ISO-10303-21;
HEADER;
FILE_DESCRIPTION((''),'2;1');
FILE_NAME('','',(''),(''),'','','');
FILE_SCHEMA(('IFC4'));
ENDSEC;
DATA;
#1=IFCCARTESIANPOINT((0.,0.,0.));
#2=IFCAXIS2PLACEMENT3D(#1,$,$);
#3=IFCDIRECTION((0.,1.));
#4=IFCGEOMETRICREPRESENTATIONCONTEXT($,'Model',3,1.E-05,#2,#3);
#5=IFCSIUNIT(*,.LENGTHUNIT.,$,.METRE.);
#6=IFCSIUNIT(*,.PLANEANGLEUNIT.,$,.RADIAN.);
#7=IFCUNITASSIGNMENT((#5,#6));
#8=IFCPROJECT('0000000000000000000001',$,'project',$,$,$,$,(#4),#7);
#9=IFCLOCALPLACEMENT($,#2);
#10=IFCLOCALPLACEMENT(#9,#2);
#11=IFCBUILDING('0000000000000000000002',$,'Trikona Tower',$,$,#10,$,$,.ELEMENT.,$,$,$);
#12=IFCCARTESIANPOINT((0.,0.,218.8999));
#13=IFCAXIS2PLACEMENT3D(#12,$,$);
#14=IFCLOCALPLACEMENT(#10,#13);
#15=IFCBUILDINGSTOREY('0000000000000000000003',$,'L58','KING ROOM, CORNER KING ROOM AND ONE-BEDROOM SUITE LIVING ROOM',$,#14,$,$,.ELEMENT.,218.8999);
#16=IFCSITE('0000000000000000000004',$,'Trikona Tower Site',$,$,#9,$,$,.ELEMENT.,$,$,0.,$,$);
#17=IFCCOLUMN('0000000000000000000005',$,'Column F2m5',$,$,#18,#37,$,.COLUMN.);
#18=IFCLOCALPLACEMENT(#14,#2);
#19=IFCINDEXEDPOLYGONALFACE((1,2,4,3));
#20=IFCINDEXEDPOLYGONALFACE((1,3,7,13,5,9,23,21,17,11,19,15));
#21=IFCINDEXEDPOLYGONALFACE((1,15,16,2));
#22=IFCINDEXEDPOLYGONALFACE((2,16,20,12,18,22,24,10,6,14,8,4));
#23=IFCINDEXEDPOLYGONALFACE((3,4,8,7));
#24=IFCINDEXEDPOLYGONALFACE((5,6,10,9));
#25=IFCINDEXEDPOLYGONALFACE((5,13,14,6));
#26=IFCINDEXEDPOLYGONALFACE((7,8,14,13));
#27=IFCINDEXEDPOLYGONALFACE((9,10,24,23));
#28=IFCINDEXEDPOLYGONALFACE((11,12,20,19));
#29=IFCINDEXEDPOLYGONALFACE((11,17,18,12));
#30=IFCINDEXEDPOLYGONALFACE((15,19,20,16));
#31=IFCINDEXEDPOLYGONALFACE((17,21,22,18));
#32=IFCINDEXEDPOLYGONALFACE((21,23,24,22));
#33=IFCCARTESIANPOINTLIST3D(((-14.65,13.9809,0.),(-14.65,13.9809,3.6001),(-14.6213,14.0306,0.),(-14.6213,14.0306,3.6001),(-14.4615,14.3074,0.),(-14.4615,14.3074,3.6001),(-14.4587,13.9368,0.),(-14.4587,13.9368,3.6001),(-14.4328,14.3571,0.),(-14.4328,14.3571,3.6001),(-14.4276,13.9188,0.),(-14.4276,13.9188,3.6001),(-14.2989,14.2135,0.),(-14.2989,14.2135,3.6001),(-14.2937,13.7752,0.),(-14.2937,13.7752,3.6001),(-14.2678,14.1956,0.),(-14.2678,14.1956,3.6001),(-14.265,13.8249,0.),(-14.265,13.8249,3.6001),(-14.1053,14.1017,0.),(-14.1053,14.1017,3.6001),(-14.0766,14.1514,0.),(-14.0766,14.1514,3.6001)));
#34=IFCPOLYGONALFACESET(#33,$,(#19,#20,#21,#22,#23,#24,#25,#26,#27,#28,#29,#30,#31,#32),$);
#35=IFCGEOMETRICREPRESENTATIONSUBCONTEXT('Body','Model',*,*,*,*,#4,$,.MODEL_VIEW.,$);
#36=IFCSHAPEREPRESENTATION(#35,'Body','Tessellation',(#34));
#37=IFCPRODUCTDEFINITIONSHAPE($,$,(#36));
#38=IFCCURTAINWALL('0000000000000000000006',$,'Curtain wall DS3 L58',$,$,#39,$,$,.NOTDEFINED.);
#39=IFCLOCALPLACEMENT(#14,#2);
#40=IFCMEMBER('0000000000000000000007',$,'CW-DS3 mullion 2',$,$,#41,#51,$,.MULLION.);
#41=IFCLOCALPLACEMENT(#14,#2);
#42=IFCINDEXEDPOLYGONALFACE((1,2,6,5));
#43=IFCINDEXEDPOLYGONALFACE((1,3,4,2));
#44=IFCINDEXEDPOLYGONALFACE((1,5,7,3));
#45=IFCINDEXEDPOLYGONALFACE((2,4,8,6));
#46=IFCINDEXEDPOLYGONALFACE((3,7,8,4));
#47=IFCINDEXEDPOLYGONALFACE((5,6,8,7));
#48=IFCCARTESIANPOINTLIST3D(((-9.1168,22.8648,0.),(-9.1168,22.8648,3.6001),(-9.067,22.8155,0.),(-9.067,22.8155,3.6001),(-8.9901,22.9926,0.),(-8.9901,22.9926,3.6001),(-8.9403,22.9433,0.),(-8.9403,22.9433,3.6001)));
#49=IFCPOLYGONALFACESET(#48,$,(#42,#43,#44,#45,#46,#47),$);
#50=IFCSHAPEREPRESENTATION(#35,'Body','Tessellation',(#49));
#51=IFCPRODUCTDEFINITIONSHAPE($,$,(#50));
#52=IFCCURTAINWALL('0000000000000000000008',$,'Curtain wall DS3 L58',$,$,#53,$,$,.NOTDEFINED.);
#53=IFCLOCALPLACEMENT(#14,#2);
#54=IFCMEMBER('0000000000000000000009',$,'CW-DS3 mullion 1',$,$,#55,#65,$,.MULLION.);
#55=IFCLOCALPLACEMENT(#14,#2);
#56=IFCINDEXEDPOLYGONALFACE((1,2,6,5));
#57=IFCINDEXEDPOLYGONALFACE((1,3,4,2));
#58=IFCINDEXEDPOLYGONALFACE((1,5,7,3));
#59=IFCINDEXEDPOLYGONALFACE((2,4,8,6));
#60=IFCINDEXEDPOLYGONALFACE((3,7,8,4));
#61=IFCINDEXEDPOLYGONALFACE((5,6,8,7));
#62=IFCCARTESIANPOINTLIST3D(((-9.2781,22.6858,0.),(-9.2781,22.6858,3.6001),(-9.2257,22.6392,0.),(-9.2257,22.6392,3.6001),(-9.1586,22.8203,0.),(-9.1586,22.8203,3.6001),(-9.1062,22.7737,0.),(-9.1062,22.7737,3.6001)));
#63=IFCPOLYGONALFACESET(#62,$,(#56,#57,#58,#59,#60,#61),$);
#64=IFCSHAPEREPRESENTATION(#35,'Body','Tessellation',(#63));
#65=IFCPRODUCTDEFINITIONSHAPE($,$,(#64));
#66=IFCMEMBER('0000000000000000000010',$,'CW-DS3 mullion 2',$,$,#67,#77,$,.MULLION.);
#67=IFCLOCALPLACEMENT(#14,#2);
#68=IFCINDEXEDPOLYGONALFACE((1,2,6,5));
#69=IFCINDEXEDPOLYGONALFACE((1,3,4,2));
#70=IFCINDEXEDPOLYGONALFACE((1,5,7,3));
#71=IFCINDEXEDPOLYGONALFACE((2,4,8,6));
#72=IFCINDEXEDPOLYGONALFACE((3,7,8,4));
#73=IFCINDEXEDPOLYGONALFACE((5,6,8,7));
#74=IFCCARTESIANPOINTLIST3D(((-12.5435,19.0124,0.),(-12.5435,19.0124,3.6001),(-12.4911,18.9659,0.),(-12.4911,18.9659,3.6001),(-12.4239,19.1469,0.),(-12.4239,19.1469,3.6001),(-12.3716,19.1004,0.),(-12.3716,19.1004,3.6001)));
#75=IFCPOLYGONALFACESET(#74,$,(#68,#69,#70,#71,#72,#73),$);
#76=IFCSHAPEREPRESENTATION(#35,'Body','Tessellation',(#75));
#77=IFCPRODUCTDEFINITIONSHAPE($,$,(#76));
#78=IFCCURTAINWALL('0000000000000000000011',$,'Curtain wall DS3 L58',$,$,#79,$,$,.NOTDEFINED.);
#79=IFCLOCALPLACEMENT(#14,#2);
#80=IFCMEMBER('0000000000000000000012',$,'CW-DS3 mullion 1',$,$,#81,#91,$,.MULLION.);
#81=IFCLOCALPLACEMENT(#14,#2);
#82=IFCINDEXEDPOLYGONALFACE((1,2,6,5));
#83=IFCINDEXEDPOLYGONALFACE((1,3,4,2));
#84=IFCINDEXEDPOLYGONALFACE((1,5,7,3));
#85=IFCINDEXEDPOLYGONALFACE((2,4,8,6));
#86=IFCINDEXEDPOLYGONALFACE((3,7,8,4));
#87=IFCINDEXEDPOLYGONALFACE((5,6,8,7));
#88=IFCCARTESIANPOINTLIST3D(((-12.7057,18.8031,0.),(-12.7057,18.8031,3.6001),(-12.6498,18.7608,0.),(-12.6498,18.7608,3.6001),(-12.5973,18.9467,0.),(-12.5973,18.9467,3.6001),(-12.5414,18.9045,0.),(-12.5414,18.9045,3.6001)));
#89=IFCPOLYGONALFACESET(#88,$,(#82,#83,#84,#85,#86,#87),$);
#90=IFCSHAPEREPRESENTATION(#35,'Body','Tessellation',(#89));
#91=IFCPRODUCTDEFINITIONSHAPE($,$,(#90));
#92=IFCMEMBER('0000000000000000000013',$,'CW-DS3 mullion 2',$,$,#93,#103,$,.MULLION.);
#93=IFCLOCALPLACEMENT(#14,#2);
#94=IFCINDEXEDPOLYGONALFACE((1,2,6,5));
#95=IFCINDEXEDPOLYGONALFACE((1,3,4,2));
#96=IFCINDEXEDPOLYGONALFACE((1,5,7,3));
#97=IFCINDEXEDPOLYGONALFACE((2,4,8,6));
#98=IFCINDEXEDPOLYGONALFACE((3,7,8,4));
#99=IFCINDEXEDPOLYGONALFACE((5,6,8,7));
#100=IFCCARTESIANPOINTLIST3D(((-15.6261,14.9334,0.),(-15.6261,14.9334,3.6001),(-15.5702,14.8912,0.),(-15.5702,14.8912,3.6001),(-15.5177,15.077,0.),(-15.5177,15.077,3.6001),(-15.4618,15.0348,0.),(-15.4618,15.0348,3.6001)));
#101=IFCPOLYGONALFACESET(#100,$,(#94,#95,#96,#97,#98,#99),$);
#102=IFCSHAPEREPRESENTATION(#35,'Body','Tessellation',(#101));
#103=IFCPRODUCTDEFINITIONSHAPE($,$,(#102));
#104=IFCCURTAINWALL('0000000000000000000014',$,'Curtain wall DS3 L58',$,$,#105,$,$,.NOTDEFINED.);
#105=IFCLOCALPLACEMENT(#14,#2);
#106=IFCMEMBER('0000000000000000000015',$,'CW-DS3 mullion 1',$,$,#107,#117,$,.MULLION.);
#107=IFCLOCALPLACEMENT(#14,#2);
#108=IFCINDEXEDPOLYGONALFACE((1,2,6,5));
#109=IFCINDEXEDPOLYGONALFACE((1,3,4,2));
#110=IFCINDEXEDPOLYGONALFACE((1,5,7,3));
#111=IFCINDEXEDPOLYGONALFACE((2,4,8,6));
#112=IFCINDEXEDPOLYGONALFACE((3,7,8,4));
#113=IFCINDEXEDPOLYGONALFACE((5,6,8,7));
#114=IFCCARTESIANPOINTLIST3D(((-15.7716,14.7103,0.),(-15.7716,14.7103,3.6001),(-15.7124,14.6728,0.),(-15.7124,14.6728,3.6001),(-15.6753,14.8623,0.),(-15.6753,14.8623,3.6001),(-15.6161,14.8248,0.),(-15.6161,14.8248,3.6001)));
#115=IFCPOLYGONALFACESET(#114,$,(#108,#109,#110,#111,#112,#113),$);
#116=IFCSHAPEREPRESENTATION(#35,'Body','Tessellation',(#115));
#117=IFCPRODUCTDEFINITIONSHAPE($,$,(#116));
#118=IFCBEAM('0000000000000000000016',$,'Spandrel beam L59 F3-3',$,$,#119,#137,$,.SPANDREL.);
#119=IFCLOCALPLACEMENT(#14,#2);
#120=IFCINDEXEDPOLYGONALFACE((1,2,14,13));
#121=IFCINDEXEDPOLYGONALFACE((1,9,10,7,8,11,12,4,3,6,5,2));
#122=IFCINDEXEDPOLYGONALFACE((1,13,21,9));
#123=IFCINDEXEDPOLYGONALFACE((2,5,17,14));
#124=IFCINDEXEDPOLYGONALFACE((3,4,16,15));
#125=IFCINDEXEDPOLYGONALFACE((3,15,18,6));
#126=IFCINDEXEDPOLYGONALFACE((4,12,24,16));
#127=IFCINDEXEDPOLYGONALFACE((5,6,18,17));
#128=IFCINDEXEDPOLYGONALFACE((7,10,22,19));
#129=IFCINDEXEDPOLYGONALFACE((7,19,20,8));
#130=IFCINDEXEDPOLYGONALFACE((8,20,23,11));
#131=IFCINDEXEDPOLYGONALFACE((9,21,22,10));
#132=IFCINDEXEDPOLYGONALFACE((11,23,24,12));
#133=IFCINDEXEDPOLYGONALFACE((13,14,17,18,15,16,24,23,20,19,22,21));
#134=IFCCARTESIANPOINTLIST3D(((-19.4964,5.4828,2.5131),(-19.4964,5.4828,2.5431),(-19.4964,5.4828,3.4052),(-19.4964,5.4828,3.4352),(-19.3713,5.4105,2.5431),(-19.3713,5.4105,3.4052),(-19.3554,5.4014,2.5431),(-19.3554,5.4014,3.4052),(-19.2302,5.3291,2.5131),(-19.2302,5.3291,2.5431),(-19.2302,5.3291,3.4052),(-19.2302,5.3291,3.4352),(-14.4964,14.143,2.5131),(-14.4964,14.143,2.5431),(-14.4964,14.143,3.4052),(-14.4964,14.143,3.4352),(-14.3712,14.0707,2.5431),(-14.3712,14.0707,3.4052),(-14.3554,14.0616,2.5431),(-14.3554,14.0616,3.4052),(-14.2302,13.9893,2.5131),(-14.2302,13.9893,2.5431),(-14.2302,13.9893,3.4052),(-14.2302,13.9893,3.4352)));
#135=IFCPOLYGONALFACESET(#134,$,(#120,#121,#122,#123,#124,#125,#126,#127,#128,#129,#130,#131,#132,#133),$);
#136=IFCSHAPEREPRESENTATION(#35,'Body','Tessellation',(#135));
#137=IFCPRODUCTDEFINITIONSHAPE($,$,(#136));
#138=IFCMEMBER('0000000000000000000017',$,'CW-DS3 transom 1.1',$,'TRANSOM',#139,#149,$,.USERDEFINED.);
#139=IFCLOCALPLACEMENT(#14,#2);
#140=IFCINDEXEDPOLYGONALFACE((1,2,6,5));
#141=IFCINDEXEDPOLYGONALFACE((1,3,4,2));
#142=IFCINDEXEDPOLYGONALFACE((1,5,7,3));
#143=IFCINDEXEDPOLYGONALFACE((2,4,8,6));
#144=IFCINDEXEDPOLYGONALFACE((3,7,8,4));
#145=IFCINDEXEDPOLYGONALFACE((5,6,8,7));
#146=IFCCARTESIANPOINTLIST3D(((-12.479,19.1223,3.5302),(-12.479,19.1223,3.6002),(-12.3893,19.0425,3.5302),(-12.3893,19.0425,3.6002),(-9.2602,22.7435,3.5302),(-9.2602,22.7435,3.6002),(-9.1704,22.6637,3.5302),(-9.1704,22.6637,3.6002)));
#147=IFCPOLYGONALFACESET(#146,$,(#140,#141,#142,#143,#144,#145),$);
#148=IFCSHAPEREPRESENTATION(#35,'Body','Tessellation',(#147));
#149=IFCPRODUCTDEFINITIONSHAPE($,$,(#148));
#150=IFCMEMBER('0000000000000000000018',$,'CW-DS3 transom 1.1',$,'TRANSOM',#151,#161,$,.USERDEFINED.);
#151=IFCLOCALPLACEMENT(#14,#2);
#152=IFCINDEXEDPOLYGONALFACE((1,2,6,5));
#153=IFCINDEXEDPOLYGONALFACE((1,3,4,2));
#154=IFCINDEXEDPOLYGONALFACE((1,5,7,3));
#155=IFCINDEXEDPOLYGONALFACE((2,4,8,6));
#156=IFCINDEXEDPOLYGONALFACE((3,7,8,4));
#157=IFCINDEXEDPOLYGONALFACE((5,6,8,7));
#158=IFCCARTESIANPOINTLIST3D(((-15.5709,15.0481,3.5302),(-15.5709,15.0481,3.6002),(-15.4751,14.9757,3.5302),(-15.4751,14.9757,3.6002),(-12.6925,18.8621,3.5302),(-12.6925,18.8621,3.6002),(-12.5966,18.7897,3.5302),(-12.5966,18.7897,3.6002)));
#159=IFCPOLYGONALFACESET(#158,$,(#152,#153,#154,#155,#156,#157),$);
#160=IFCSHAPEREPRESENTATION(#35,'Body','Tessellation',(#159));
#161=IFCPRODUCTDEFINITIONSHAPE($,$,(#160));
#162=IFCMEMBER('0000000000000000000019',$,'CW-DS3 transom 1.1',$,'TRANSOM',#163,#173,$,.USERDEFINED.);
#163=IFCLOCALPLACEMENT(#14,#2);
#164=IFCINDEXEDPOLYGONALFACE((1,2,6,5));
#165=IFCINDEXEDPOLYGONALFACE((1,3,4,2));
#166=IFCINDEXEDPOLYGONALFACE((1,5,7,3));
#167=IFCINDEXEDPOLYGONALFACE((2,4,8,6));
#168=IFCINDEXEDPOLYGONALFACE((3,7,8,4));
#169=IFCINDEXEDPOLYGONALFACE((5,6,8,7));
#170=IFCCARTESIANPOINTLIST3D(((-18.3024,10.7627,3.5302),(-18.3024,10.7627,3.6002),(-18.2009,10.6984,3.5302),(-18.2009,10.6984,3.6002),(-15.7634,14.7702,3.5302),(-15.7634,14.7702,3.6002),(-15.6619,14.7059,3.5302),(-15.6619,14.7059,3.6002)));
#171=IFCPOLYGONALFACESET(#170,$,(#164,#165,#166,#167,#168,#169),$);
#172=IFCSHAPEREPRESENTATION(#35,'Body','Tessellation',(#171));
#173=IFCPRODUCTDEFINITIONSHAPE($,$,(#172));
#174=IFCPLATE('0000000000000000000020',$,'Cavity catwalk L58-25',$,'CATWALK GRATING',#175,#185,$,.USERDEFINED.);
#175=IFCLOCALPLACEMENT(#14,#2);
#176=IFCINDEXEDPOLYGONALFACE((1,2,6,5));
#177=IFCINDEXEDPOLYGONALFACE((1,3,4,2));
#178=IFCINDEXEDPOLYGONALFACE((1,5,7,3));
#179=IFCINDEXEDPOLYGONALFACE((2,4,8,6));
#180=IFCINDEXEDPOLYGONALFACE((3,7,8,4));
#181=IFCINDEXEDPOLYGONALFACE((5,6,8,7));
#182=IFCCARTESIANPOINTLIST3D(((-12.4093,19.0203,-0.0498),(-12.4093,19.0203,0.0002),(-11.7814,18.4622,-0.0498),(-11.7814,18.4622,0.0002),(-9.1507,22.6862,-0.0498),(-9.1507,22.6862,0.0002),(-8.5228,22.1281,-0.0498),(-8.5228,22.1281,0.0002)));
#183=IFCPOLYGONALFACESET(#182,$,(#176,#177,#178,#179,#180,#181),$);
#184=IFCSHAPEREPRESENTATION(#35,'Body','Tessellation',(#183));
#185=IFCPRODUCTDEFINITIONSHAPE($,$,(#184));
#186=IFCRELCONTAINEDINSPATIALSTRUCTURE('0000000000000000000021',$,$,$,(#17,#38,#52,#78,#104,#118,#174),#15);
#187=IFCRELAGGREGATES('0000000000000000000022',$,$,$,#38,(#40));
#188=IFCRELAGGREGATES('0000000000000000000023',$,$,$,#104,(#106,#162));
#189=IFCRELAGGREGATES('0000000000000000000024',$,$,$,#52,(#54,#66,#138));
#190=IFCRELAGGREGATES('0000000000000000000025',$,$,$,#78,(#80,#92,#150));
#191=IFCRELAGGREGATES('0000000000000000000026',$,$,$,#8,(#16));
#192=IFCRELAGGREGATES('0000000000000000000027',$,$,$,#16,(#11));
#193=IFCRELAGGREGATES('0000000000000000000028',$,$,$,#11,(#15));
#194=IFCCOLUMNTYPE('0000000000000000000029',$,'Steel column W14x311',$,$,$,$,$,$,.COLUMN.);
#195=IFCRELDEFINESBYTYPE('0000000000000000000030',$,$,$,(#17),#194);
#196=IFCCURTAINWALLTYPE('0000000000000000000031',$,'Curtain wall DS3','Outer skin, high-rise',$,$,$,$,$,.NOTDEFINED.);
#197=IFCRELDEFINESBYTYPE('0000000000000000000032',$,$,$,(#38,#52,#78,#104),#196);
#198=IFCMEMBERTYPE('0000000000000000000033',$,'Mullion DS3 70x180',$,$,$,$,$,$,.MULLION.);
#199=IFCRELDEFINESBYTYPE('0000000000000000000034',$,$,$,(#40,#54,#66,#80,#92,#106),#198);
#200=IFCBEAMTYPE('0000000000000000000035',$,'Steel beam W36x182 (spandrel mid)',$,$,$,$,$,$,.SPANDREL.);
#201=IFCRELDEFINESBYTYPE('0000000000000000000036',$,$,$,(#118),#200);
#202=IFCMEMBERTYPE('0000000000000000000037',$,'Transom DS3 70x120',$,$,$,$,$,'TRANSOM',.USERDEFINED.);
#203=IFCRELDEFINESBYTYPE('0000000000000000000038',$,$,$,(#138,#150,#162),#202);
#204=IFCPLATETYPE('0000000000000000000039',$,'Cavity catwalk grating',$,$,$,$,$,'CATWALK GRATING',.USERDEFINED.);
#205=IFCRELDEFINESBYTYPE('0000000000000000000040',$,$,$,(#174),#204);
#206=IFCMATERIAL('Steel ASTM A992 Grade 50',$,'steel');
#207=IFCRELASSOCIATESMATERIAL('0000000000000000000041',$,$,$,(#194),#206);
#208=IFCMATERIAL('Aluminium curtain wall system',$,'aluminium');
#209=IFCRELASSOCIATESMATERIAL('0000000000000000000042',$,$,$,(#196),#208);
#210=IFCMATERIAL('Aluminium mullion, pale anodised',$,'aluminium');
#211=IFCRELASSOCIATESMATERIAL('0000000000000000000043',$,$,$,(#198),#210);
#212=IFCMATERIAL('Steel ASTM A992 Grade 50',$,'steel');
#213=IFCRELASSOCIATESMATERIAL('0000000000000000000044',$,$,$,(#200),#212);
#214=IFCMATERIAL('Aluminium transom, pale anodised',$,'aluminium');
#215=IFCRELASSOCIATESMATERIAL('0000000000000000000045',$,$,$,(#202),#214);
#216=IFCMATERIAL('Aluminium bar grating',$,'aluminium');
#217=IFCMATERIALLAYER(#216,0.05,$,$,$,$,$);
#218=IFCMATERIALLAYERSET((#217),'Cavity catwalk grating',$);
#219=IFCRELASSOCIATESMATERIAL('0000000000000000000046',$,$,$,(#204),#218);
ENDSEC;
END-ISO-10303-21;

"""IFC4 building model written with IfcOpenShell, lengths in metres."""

from ifc_helpers import new_model, si_unit, direction, frame, origin, origin_2d, place, context, subcontext, project, spatial, rectangle, i_section, extrude, material, layer, layer_set, material_profile, profile_set, type_object, element, aggregate, save


model = new_model("IFC4")

# Units and contexts
model_context = context("Model", 3, precision=1e-05, world=origin(), true_north=direction((0.0, 1.0)))
body_context = subcontext(model_context, "Body", "Model", "MODEL_VIEW")
ifc_project = project(units=[si_unit("LENGTHUNIT", "METRE"), si_unit("PLANEANGLEUNIT", "RADIAN")], contexts=[model_context])

# Site, building, storey
site_placement = place(None, origin())
site = spatial("IfcSite", under=ifc_project, at=site_placement, Name="Trikona Tower Site", CompositionType="ELEMENT", RefElevation=0.0)
building_placement = place(site_placement, origin())
building = spatial("IfcBuilding", under=site, at=building_placement, Name="Trikona Tower", CompositionType="ELEMENT")
storey_placement = place(building_placement, frame((0.0, 0.0, 218.8999)))
storey = spatial("IfcBuildingStorey", under=building, at=storey_placement, Name="L58", Description="KING ROOM, CORNER KING ROOM AND ONE-BEDROOM SUITE LIVING ROOM", CompositionType="ELEMENT", Elevation=218.8999)

# Column
ifc_material_1 = material(Name="Steel ASTM A992 Grade 50", Category="steel")
ifc_material_profile_1 = material_profile(ifc_material_1, i_section(OverallWidth=0.4114, OverallDepth=0.4343, WebThickness=0.0359, FlangeThickness=0.0574, at=origin_2d()), Name="W14X311")
ifc_profile_set_1 = profile_set([ifc_material_profile_1], Name="Steel ASTM A992 Grade 50")
column_type = type_object("IfcColumnType", Name="Steel column W14x311", PredefinedType="COLUMN", material=ifc_profile_set_1)
column_placement = place(storey_placement, frame((-14.3633, 14.0662, 0.0), z_axis=(0.0, 0.0, 1.0), x_axis=(-0.866025, 0.5, 0.0)))
element("IfcColumn", 1, at=column_placement, inside=storey, type_object=column_type, Name="Column F2m5", PredefinedType="COLUMN", context=body_context, shape_type="SweptSolid", body=[
    extrude(i_section(OverallWidth=0.4114, OverallDepth=0.4343, WebThickness=0.0359, FlangeThickness=0.0574, at=origin_2d()), origin(), (0.0, 0.0, 1.0), 3.6001),
])

# Curtain wall, member
ifc_material_2 = material(Name="Aluminium curtain wall system", Category="aluminium")
curtain_wall_type = type_object("IfcCurtainWallType", Name="Curtain wall DS3", Description="Outer skin, high-rise", PredefinedType="NOTDEFINED", material=ifc_material_2)
curtain_wall_1_placement = place(storey_placement, origin())
curtain_wall_1 = element("IfcCurtainWall", 2, at=curtain_wall_1_placement, inside=storey, type_object=curtain_wall_type, Name="Curtain wall DS3 L58", PredefinedType="NOTDEFINED")
ifc_material_3 = material(Name="Aluminium mullion, pale anodised", Category="aluminium")
ifc_material_profile_2 = material_profile(ifc_material_3, rectangle(XDim=0.0701, YDim=0.1799, at=origin_2d()), Name="MUL-DS3")
ifc_profile_set_2 = profile_set([ifc_material_profile_2], Name="Aluminium mullion, pale anodised")
member_type_1 = type_object("IfcMemberType", Name="Mullion DS3 70x180", PredefinedType="MULLION", material=ifc_profile_set_2)
member_1_placement = place(storey_placement, frame((-9.0286, 22.9041, 0.0), z_axis=(0.0, 0.0, 1.0), x_axis=(0.710052, -0.704149, 0.0)))
member_1 = element("IfcMember", 3, at=member_1_placement, type_object=member_type_1, Name="CW-DS3 mullion 2", PredefinedType="MULLION", context=body_context, shape_type="SweptSolid", body=[
    extrude(rectangle(XDim=0.0701, YDim=0.1799, at=origin_2d()), origin(), (0.0, 0.0, 1.0), 3.6001),
])
aggregate(curtain_wall_1, [member_1])

# Curtain walls, members
curtain_wall_2_placement = place(storey_placement, origin())
curtain_wall_2 = element("IfcCurtainWall", 4, at=curtain_wall_2_placement, inside=storey, type_object=curtain_wall_type, Name="Curtain wall DS3 L58", PredefinedType="NOTDEFINED")
member_2_placement = place(storey_placement, frame((-9.1921, 22.7297, 0.0), z_axis=(0.0, 0.0, 1.0), x_axis=(0.747403, -0.664371, 0.0)))
member_2 = element("IfcMember", 5, at=member_2_placement, type_object=member_type_1, Name="CW-DS3 mullion 1", PredefinedType="MULLION", context=body_context, shape_type="SweptSolid", body=[
    extrude(rectangle(XDim=0.0701, YDim=0.1799, at=origin_2d()), origin(), (0.0, 0.0, 1.0), 3.6001),
])
member_3_placement = place(storey_placement, frame((-12.4575, 19.0564, 0.0), z_axis=(0.0, 0.0, 1.0), x_axis=(0.747403, -0.664371, 0.0)))
member_3 = element("IfcMember", 6, at=member_3_placement, type_object=member_type_1, Name="CW-DS3 mullion 2", PredefinedType="MULLION", context=body_context, shape_type="SweptSolid", body=[
    extrude(rectangle(XDim=0.0701, YDim=0.1799, at=origin_2d()), origin(), (0.0, 0.0, 1.0), 3.6001),
])
curtain_wall_3_placement = place(storey_placement, origin())
curtain_wall_3 = element("IfcCurtainWall", 7, at=curtain_wall_3_placement, inside=storey, type_object=curtain_wall_type, Name="Curtain wall DS3 L58", PredefinedType="NOTDEFINED")
member_4_placement = place(storey_placement, frame((-12.6235, 18.8538, 0.0), z_axis=(0.0, 0.0, 1.0), x_axis=(0.798193, -0.602402, 0.0)))
member_4 = element("IfcMember", 8, at=member_4_placement, type_object=member_type_1, Name="CW-DS3 mullion 1", PredefinedType="MULLION", context=body_context, shape_type="SweptSolid", body=[
    extrude(rectangle(XDim=0.0701, YDim=0.1799, at=origin_2d()), origin(), (0.0, 0.0, 1.0), 3.6001),
])
member_5_placement = place(storey_placement, frame((-15.5439, 14.9841, 0.0), z_axis=(0.0, 0.0, 1.0), x_axis=(0.798193, -0.602402, 0.0)))
member_5 = element("IfcMember", 9, at=member_5_placement, type_object=member_type_1, Name="CW-DS3 mullion 2", PredefinedType="MULLION", context=body_context, shape_type="SweptSolid", body=[
    extrude(rectangle(XDim=0.0701, YDim=0.1799, at=origin_2d()), origin(), (0.0, 0.0, 1.0), 3.6001),
])

# Curtain wall, member
curtain_wall_4_placement = place(storey_placement, origin())
curtain_wall_4 = element("IfcCurtainWall", 10, at=curtain_wall_4_placement, inside=storey, type_object=curtain_wall_type, Name="Curtain wall DS3 L58", PredefinedType="NOTDEFINED")
member_6_placement = place(storey_placement, frame((-15.6938, 14.7676, 0.0), z_axis=(0.0, 0.0, 1.0), x_axis=(0.844727, -0.535197, 0.0)))
member_6 = element("IfcMember", 11, at=member_6_placement, type_object=member_type_1, Name="CW-DS3 mullion 1", PredefinedType="MULLION", context=body_context, shape_type="SweptSolid", body=[
    extrude(rectangle(XDim=0.0701, YDim=0.1799, at=origin_2d()), origin(), (0.0, 0.0, 1.0), 3.6001),
])

# Beam
ifc_material_4 = material(Name="Steel ASTM A992 Grade 50", Category="steel")
ifc_material_profile_3 = material_profile(ifc_material_4, i_section(OverallWidth=0.3074, OverallDepth=0.9221, WebThickness=0.0183, FlangeThickness=0.03, at=origin_2d()), Name="W36X182")
ifc_profile_set_3 = profile_set([ifc_material_profile_3], Name="Steel ASTM A992 Grade 50")
beam_type = type_object("IfcBeamType", Name="Steel beam W36x182 (spandrel mid)", PredefinedType="SPANDREL", material=ifc_profile_set_3)
beam_placement = place(storey_placement, frame((-14.3633, 14.0662, 2.9741), z_axis=(-0.500004, -0.866023, 0.0), x_axis=(0.866023, -0.500004, 0.0)))
element("IfcBeam", 12, at=beam_placement, inside=storey, type_object=beam_type, Name="Spandrel beam L59 F3-3", PredefinedType="SPANDREL", context=body_context, shape_type="SweptSolid", body=[
    extrude(i_section(OverallWidth=0.3074, OverallDepth=0.9221, WebThickness=0.0183, FlangeThickness=0.03, at=origin_2d()), origin(), (0.0, 0.0, 1.0), 10.0),
])

# Members
ifc_material_5 = material(Name="Aluminium transom, pale anodised", Category="aluminium")
ifc_material_profile_4 = material_profile(ifc_material_5, rectangle(XDim=0.1201, YDim=0.0701, at=origin_2d()), Name="TRN-DS3")
ifc_profile_set_4 = profile_set([ifc_material_profile_4], Name="Aluminium transom, pale anodised")
member_type_2 = type_object("IfcMemberType", Name="Transom DS3 70x120", ElementType="TRANSOM", PredefinedType="USERDEFINED", material=ifc_profile_set_4)
member_7_placement = place(storey_placement, frame((-9.2153, 22.7036, 3.5652), z_axis=(-0.664364, -0.747409, 0.0), x_axis=(0.747409, -0.664364, 0.0)))
member_7 = element("IfcMember", 13, at=member_7_placement, type_object=member_type_2, Name="CW-DS3 transom 1.1", ObjectType="TRANSOM", PredefinedType="USERDEFINED", context=body_context, shape_type="SweptSolid", body=[
    extrude(rectangle(XDim=0.1201, YDim=0.0701, at=origin_2d()), origin(), (0.0, 0.0, 1.0), 4.845),
])
member_8_placement = place(storey_placement, frame((-12.6445, 18.8259, 3.5652), z_axis=(-0.602401, -0.798194, 0.0), x_axis=(0.798194, -0.602401, 0.0)))
member_8 = element("IfcMember", 14, at=member_8_placement, type_object=member_type_2, Name="CW-DS3 transom 1.1", ObjectType="TRANSOM", PredefinedType="USERDEFINED", context=body_context, shape_type="SweptSolid", body=[
    extrude(rectangle(XDim=0.1201, YDim=0.0701, at=origin_2d()), origin(), (0.0, 0.0, 1.0), 4.7783),
])
member_9_placement = place(storey_placement, frame((-15.7126, 14.738, 3.5652), z_axis=(-0.535193, -0.84473, 0.0), x_axis=(0.84473, -0.535193, 0.0)))
member_9 = element("IfcMember", 15, at=member_9_placement, type_object=member_type_2, Name="CW-DS3 transom 1.1", ObjectType="TRANSOM", PredefinedType="USERDEFINED", context=body_context, shape_type="SweptSolid", body=[
    extrude(rectangle(XDim=0.1201, YDim=0.0701, at=origin_2d()), origin(), (0.0, 0.0, 1.0), 4.7441),
])
aggregate(curtain_wall_4, [member_6, member_9])

# Plate
ifc_material_6 = material(Name="Aluminium bar grating", Category="aluminium")
ifc_layer_1 = layer(ifc_material_6, 0.05)
ifc_layer_set_1 = layer_set([ifc_layer_1], Name="Cavity catwalk grating")
plate_type_1 = type_object("IfcPlateType", Name="Cavity catwalk grating", ElementType="CATWALK GRATING", PredefinedType="USERDEFINED", material=ifc_layer_set_1)
plate_1_placement = place(storey_placement, frame((-10.4661, 20.5742, -0.0498), z_axis=(0.0, 0.0, 1.0), x_axis=(-0.664367, -0.747406, 0.0)))
element("IfcPlate", 16, at=plate_1_placement, inside=storey, type_object=plate_type_1, Name="Cavity catwalk L58-25", ObjectType="CATWALK GRATING", PredefinedType="USERDEFINED", context=body_context, shape_type="SweptSolid", body=[
    extrude(rectangle(XDim=4.9048, YDim=0.8401, at=origin_2d()), origin(), (0.0, 0.0, 1.0), 0.05),
])

aggregate(curtain_wall_2, [member_2, member_3, member_7])
aggregate(curtain_wall_3, [member_4, member_5, member_8])

save(model, "model.ifc")
